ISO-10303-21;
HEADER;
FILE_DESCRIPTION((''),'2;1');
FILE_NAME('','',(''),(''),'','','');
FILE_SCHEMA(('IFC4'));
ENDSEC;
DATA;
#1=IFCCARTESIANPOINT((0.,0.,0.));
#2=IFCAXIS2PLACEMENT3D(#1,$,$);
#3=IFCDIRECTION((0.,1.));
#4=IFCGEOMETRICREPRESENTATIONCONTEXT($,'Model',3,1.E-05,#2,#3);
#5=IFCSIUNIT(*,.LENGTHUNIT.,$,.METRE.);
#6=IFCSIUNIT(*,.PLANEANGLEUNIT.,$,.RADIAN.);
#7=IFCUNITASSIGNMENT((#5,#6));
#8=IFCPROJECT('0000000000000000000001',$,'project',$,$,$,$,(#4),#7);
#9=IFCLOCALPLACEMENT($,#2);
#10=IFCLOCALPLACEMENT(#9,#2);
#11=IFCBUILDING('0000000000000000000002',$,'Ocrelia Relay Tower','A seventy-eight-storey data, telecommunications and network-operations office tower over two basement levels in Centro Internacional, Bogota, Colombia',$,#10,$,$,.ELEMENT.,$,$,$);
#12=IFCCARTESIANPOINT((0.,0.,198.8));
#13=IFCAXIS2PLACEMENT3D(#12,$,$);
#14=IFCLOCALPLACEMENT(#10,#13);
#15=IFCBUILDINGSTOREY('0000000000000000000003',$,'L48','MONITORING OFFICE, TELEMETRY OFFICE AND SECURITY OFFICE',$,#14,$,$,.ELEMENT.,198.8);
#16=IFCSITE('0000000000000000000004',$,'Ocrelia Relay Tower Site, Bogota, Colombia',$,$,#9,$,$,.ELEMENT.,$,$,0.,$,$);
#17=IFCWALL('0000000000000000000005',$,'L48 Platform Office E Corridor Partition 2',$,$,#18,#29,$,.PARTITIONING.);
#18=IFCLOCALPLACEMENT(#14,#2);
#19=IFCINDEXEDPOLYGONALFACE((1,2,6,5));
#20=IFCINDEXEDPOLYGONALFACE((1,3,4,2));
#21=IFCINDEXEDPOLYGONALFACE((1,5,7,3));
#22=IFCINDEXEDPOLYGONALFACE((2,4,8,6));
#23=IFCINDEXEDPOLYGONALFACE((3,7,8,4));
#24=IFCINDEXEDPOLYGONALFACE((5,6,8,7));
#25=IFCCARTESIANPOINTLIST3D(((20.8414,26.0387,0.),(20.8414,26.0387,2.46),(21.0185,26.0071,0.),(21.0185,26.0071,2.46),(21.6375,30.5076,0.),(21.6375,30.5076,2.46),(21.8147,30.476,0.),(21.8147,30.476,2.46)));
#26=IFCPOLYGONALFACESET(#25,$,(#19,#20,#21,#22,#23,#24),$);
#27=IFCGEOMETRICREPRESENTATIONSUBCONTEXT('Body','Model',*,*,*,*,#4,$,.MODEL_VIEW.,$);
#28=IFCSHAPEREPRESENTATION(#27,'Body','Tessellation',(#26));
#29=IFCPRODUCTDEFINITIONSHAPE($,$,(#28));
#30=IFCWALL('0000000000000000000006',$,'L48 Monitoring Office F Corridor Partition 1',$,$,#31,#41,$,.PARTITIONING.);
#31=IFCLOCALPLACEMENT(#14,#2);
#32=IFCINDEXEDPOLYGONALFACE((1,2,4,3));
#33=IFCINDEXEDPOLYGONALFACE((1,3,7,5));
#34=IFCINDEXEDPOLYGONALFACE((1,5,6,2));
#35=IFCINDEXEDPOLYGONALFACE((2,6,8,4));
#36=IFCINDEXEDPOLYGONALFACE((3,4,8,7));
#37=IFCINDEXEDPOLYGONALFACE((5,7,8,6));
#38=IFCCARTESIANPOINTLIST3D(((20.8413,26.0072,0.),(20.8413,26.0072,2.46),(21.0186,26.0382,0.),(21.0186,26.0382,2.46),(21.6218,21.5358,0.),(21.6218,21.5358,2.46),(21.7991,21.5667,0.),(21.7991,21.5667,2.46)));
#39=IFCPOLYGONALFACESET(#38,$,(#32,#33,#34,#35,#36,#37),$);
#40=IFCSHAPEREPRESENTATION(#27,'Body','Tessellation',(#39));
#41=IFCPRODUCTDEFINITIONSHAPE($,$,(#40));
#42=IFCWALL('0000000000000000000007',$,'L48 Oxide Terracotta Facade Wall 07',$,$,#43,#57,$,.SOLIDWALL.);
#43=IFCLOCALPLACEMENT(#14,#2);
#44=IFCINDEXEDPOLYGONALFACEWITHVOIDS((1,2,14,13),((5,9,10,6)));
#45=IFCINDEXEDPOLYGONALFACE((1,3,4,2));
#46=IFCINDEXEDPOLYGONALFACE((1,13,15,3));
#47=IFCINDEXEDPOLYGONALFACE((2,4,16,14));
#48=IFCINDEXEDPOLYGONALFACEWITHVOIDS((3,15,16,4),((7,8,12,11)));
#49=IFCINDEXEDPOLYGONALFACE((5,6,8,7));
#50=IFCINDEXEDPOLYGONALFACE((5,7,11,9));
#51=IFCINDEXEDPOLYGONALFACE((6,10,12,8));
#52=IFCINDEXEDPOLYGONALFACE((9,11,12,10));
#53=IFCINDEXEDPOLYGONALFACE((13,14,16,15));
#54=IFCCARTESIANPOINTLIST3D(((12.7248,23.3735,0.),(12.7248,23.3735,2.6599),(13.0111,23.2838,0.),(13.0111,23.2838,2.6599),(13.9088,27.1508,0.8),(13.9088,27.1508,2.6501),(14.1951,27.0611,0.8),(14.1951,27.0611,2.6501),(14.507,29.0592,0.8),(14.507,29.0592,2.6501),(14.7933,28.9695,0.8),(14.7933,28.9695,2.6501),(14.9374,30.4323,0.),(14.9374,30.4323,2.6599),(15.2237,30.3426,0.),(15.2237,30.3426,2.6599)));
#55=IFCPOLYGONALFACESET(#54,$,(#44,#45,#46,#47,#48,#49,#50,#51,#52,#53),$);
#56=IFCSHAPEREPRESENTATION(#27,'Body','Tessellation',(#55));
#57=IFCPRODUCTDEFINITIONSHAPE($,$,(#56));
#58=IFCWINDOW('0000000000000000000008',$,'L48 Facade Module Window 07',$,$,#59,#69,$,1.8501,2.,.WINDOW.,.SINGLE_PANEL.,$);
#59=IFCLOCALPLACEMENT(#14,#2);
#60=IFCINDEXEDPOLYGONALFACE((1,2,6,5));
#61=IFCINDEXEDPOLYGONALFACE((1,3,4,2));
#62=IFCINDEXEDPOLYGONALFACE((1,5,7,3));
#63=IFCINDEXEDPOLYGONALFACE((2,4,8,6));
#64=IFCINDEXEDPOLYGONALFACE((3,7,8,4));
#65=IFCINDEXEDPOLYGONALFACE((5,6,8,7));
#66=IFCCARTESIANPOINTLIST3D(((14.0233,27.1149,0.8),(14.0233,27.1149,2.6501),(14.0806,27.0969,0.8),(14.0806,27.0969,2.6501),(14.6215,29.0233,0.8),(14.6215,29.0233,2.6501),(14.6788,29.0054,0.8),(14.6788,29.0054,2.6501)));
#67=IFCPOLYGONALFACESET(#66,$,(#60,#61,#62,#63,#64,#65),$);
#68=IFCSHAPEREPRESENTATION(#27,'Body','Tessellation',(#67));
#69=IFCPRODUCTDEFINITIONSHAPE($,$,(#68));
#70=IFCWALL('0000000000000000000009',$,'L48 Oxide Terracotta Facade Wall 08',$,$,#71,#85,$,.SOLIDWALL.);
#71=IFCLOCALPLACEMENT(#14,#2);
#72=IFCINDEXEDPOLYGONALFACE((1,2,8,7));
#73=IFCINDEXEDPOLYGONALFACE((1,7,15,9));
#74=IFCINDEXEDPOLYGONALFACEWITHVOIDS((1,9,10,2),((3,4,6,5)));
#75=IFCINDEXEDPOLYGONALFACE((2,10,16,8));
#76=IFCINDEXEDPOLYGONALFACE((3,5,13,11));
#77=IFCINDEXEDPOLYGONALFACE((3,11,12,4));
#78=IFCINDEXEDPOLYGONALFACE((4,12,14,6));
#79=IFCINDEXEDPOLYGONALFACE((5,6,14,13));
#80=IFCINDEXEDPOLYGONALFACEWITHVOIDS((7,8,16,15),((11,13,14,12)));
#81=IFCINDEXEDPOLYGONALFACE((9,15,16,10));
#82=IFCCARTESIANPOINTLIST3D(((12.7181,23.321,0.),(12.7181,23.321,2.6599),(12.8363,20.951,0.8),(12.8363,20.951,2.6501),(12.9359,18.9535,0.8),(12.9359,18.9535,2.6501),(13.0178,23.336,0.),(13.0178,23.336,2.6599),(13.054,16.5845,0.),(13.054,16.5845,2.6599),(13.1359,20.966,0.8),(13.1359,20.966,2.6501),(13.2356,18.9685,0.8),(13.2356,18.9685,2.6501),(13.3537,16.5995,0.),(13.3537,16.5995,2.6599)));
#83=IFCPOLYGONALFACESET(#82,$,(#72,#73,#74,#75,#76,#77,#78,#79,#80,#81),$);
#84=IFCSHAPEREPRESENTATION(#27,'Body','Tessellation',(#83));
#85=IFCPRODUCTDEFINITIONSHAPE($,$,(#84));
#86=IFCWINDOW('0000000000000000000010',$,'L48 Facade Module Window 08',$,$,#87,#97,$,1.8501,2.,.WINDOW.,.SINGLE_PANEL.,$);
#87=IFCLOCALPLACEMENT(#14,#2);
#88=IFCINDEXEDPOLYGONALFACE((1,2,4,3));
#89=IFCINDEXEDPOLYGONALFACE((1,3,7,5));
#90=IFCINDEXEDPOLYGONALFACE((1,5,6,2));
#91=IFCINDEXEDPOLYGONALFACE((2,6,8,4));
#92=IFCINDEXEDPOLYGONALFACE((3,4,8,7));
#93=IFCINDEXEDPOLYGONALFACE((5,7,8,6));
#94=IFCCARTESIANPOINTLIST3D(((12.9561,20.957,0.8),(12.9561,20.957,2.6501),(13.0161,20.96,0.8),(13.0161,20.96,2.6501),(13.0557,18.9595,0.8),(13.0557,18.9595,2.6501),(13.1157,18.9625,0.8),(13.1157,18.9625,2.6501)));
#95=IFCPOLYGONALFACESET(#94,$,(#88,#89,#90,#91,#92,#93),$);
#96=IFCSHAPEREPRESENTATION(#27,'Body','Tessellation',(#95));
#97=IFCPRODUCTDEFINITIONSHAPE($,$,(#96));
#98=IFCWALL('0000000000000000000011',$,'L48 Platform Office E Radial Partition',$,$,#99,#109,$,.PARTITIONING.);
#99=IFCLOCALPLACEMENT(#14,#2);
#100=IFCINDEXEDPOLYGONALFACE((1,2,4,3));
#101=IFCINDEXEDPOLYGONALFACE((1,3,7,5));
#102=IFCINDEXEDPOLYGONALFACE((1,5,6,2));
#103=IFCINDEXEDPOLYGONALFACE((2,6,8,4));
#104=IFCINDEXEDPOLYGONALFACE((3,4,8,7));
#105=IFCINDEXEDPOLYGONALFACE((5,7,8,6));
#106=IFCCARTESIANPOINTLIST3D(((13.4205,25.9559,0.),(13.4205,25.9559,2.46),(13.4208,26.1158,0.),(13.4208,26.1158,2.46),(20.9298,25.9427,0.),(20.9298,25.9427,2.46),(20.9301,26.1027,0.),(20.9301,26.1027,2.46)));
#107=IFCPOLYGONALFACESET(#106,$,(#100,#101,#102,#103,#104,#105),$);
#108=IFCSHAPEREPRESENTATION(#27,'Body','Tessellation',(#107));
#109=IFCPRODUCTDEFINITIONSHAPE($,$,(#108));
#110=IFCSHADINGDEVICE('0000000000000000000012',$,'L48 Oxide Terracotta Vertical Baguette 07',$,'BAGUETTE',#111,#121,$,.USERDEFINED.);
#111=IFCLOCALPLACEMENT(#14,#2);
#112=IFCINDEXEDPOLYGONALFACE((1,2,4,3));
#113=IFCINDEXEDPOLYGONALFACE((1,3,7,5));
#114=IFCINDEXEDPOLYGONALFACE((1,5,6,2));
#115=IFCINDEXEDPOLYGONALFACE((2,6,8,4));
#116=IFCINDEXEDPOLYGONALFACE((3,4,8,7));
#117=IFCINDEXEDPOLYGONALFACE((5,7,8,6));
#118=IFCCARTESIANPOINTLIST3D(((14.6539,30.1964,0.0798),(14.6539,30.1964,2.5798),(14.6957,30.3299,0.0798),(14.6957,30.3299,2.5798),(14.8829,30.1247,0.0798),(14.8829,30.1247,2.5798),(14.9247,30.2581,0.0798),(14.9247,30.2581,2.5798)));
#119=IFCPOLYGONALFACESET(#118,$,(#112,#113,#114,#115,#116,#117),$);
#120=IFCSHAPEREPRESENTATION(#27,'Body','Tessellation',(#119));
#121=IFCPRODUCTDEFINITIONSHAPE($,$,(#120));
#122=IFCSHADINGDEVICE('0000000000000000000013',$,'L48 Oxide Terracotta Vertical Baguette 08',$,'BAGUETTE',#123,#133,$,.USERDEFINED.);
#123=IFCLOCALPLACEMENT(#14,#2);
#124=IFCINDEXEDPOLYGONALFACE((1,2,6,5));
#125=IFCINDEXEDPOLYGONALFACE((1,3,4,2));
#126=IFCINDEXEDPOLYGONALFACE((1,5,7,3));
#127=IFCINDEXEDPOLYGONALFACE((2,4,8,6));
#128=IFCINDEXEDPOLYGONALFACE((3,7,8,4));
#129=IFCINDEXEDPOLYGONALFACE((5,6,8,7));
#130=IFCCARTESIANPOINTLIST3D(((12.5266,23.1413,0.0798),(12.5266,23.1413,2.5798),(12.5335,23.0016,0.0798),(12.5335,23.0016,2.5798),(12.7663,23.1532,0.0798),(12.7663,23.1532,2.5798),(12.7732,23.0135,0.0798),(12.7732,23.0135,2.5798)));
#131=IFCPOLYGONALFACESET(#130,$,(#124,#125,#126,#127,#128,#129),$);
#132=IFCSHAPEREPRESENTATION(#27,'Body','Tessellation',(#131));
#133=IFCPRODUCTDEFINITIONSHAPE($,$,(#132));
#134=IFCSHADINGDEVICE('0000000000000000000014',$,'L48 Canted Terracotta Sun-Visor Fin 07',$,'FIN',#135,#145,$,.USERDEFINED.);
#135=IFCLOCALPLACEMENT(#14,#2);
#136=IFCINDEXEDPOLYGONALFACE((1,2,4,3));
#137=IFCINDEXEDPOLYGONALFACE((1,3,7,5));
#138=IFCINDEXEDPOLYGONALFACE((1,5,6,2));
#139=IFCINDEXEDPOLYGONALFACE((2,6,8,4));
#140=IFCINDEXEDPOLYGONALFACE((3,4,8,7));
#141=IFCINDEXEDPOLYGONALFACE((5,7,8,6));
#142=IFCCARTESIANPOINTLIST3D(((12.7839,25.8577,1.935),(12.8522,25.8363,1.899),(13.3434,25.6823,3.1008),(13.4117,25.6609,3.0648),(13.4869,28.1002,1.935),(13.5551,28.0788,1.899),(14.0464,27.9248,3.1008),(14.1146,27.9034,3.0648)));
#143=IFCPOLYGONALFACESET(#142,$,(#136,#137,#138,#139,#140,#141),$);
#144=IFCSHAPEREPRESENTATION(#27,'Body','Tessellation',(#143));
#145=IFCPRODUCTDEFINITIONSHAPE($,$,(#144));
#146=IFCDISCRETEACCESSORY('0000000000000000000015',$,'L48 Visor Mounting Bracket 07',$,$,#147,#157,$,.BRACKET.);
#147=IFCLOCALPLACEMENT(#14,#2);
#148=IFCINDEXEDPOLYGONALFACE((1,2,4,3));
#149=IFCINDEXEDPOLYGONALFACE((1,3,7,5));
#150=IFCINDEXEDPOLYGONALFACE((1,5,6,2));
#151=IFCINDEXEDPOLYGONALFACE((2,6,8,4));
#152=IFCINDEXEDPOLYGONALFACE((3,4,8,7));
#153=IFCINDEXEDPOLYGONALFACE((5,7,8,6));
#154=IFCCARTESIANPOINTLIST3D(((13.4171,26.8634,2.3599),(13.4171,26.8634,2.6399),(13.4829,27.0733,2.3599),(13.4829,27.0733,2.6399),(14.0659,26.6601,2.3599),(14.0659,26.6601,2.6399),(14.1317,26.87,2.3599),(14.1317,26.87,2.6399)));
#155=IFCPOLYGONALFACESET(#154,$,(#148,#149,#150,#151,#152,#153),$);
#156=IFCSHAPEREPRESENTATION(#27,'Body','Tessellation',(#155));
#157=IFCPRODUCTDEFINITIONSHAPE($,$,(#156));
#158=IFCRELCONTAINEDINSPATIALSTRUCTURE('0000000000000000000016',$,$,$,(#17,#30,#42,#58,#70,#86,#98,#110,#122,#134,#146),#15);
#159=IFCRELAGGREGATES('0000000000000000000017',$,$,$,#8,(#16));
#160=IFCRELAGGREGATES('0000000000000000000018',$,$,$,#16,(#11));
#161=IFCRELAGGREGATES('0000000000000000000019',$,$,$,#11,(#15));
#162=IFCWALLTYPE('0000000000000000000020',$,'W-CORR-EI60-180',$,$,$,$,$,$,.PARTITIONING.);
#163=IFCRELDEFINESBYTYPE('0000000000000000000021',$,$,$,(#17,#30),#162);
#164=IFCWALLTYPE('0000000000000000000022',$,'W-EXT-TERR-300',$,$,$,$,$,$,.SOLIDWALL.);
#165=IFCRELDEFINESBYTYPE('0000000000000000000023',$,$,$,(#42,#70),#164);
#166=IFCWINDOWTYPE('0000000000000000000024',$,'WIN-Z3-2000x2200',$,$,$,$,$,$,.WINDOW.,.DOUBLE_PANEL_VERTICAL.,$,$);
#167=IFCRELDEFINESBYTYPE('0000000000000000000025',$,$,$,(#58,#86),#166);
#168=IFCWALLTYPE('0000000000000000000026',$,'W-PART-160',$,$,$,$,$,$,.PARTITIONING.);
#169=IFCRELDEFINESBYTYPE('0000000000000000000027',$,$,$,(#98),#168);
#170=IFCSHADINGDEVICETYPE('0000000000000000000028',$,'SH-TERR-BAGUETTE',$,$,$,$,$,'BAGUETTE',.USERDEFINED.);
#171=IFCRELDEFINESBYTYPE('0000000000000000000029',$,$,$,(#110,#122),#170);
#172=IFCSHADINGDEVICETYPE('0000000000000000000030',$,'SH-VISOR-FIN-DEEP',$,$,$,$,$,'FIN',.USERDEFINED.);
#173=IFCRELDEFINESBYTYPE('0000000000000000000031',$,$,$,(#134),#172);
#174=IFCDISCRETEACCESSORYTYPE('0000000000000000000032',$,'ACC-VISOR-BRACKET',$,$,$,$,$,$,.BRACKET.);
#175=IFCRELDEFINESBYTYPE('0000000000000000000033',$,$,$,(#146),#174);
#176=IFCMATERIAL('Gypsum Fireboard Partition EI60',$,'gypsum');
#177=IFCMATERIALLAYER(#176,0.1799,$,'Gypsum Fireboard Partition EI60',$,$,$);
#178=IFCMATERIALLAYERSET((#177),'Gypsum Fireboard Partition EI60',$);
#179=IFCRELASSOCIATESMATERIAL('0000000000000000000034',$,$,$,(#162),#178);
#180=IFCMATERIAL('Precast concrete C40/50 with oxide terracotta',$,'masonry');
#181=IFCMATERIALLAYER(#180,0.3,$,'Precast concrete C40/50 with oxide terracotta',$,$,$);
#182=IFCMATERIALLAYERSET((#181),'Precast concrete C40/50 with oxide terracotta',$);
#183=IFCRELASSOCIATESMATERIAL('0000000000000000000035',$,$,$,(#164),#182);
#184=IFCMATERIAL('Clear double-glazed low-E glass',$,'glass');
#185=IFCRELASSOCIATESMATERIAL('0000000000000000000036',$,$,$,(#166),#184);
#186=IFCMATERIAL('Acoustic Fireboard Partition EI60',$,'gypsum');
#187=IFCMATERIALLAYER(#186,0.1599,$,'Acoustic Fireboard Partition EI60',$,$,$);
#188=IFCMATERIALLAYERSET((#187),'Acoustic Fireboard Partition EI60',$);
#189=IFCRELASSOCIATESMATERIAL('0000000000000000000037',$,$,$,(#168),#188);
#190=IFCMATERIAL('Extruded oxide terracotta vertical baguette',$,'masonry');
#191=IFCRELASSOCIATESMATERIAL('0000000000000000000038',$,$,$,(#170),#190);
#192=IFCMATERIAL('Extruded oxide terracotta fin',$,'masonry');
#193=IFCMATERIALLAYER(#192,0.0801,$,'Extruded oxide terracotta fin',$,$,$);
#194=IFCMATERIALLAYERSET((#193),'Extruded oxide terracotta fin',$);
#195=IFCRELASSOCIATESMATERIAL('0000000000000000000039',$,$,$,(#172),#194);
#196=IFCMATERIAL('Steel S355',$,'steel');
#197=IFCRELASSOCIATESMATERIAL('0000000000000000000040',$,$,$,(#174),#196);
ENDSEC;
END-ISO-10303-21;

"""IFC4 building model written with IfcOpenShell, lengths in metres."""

from ifc_helpers import new_model, si_unit, direction, frame, frame_2d, origin, origin_2d, place, context, subcontext, project, spatial, rectangle, extrude, material, layer, layer_set, type_object, element, fill, save


model = new_model("IFC4")

# Units and contexts
model_context = context("Model", 3, precision=1e-05, world=origin(), true_north=direction((0.0, 1.0)))
body_context = subcontext(model_context, "Body", "Model", "MODEL_VIEW")
ifc_project = project(units=[si_unit("LENGTHUNIT", "METRE"), si_unit("PLANEANGLEUNIT", "RADIAN")], contexts=[model_context])

# Site, building, storey
site_placement = place(None, origin())
site = spatial("IfcSite", under=ifc_project, at=site_placement, Name="Ocrelia Relay Tower Site, Bogota, Colombia", CompositionType="ELEMENT", RefElevation=0.0)
building_placement = place(site_placement, origin())
building = spatial("IfcBuilding", under=site, at=building_placement, Name="Ocrelia Relay Tower", Description="A seventy-eight-storey data, telecommunications and network-operations office tower over two basement levels in Centro Internacional, Bogota, Colombia", CompositionType="ELEMENT")
storey_placement = place(building_placement, frame((0.0, 0.0, 198.8)))
storey = spatial("IfcBuildingStorey", under=building, at=storey_placement, Name="L48", Description="MONITORING OFFICE, TELEMETRY OFFICE AND SECURITY OFFICE", CompositionType="ELEMENT", Elevation=198.8)

# Shared definitions
ifc_material_1 = material(Name="Steel S355", Category="steel")

# Walls
ifc_material_2 = material(Name="Gypsum Fireboard Partition EI60", Category="gypsum")
ifc_layer_1 = layer(ifc_material_2, 0.1799, Name="Gypsum Fireboard Partition EI60")
ifc_layer_set_1 = layer_set([ifc_layer_1], Name="Gypsum Fireboard Partition EI60")
wall_type_1 = type_object("IfcWallType", Name="W-CORR-EI60-180", PredefinedType="PARTITIONING", material=ifc_layer_set_1)
wall_1_placement = place(storey_placement, frame((21.7261, 30.4917, 0.0), z_axis=(0.0, 0.0, 1.0), x_axis=(-0.175387, -0.9845, 0.0)))
element("IfcWall", 1, at=wall_1_placement, inside=storey, type_object=wall_type_1, Name="L48 Platform Office E Corridor Partition 2", PredefinedType="PARTITIONING", context=body_context, shape_type="SweptSolid", body=[
    extrude(rectangle(XDim=4.5393, YDim=0.1799, at=frame_2d((2.2695, 0.0))), origin(), (0.0, 0.0, 1.0), 2.46),
])
wall_2_placement = place(storey_placement, frame((20.9299, 26.0227, 0.0), z_axis=(0.0, 0.0, 1.0), x_axis=(0.171956, -0.985105, 0.0)))
element("IfcWall", 2, at=wall_2_placement, inside=storey, type_object=wall_type_1, Name="L48 Monitoring Office F Corridor Partition 1", PredefinedType="PARTITIONING", context=body_context, shape_type="SweptSolid", body=[
    extrude(rectangle(XDim=4.5391, YDim=0.1799, at=frame_2d((2.2695, 0.0))), origin(), (0.0, 0.0, 1.0), 2.46),
])

# Walls, openings, windows
ifc_material_3 = material(Name="Precast concrete C40/50 with oxide terracotta", Category="masonry")
ifc_layer_2 = layer(ifc_material_3, 0.3, Name="Precast concrete C40/50 with oxide terracotta")
ifc_layer_set_2 = layer_set([ifc_layer_2], Name="Precast concrete C40/50 with oxide terracotta")
wall_type_2 = type_object("IfcWallType", Name="W-EXT-TERR-300", PredefinedType="SOLIDWALL", material=ifc_layer_set_2)
wall_3_placement = place(storey_placement, frame((15.0806, 30.3875, 0.0), z_axis=(0.0, 0.0, 1.0), x_axis=(-0.299107, -0.954219, 0.0)))
wall_3 = element("IfcWall", 3, at=wall_3_placement, inside=storey, type_object=wall_type_2, Name="L48 Oxide Terracotta Facade Wall 07", PredefinedType="SOLIDWALL", context=body_context, shape_type="SweptSolid", body=[
    extrude(rectangle(XDim=7.3975, YDim=0.3, at=frame_2d((3.6987, 0.0))), origin(), (0.0, 0.0, 1.0), 2.6599),
])
opening_1_placement = place(wall_3_placement, frame((1.439, 0.0, 0.8)))
opening_1 = element("IfcOpeningElement", 4, at=opening_1_placement, cuts=wall_3, PredefinedType="OPENING", context=body_context, shape_type="SweptSolid", body=[
    extrude(rectangle(XDim=2.0, YDim=1.8501, at=frame_2d((1.0, 0.925))), frame((0.0, 0.1602, 0.0), z_axis=(0.0, -1.0, 0.0), x_axis=(1.0, 0.0, 0.0)), (0.0, 0.0, 1.0), 0.3201),
])
ifc_material_4 = material(Name="Clear double-glazed low-E glass", Category="glass")
window_type = type_object("IfcWindowType", Name="WIN-Z3-2000x2200", PartitioningType="DOUBLE_PANEL_VERTICAL", PredefinedType="WINDOW", material=ifc_material_4)
window_1_placement = place(opening_1_placement, origin())
window_1 = element("IfcWindow", 5, at=window_1_placement, inside=storey, type_object=window_type, Name="L48 Facade Module Window 07", OverallHeight=1.8501, OverallWidth=2.0, PartitioningType="SINGLE_PANEL", PredefinedType="WINDOW", context=body_context, shape_type="SweptSolid", body=[
    extrude(rectangle(XDim=2.0, YDim=1.8501, at=frame_2d((1.0, 0.925))), frame((0.0, 0.03, 0.0), z_axis=(0.0, -1.0, 0.0), x_axis=(1.0, 0.0, 0.0)), (0.0, 0.0, 1.0), 0.0601),
])
fill(opening_1, window_1)
wall_4_placement = place(storey_placement, frame((12.8679, 23.3286, 0.0), z_axis=(0.0, 0.0, 1.0), x_axis=(0.049806, -0.998759, 0.0)))
wall_4 = element("IfcWall", 6, at=wall_4_placement, inside=storey, type_object=wall_type_2, Name="L48 Oxide Terracotta Facade Wall 08", PredefinedType="SOLIDWALL", context=body_context, shape_type="SweptSolid", body=[
    extrude(rectangle(XDim=6.7449, YDim=0.3, at=frame_2d((3.3726, 0.0))), origin(), (0.0, 0.0, 1.0), 2.6599),
])
opening_2_placement = place(wall_4_placement, frame((2.373, 0.0, 0.8)))
opening_2 = element("IfcOpeningElement", 7, at=opening_2_placement, cuts=wall_4, PredefinedType="OPENING", context=body_context, shape_type="SweptSolid", body=[
    extrude(rectangle(XDim=2.0, YDim=1.8501, at=frame_2d((1.0, 0.925))), frame((0.0, 0.1602, 0.0), z_axis=(0.0, -1.0, 0.0), x_axis=(1.0, 0.0, 0.0)), (0.0, 0.0, 1.0), 0.3201),
])
window_2_placement = place(opening_2_placement, origin())
window_2 = element("IfcWindow", 8, at=window_2_placement, inside=storey, type_object=window_type, Name="L48 Facade Module Window 08", OverallHeight=1.8501, OverallWidth=2.0, PartitioningType="SINGLE_PANEL", PredefinedType="WINDOW", context=body_context, shape_type="SweptSolid", body=[
    extrude(rectangle(XDim=2.0, YDim=1.8501, at=frame_2d((1.0, 0.925))), frame((0.0, 0.03, 0.0), z_axis=(0.0, -1.0, 0.0), x_axis=(1.0, 0.0, 0.0)), (0.0, 0.0, 1.0), 0.0601),
])
fill(opening_2, window_2)

# Wall
ifc_material_5 = material(Name="Acoustic Fireboard Partition EI60", Category="gypsum")
ifc_layer_3 = layer(ifc_material_5, 0.1599, Name="Acoustic Fireboard Partition EI60")
ifc_layer_set_3 = layer_set([ifc_layer_3], Name="Acoustic Fireboard Partition EI60")
wall_type_3 = type_object("IfcWallType", Name="W-PART-160", PredefinedType="PARTITIONING", material=ifc_layer_set_3)
wall_5_placement = place(storey_placement, frame((20.9299, 26.0227, 0.0), z_axis=(0.0, 0.0, 1.0), x_axis=(-0.999998, 0.001756, 0.0)))
element("IfcWall", 9, at=wall_5_placement, inside=storey, type_object=wall_type_3, Name="L48 Platform Office E Radial Partition", PredefinedType="PARTITIONING", context=body_context, shape_type="SweptSolid", body=[
    extrude(rectangle(XDim=7.5093, YDim=0.1599, at=frame_2d((3.7546, 0.0))), origin(), (0.0, 0.0, 1.0), 2.46),
])

# Shading devices
ifc_material_6 = material(Name="Extruded oxide terracotta vertical baguette", Category="masonry")
shading_device_type_1 = type_object("IfcShadingDeviceType", Name="SH-TERR-BAGUETTE", ElementType="BAGUETTE", PredefinedType="USERDEFINED", material=ifc_material_6)
for number, where, z_axis, x_axis, name in (
    (10, (14.7893, 30.2273, 0.0798), (0.0, 0.0, 1.0), (-0.299115, -0.954217, 0.0), "L48 Oxide Terracotta Vertical Baguette 07"),
    (11, (12.6499, 23.0774, 0.0798), (0.0, 0.0, 1.0), (0.049829, -0.998758, 0.0), "L48 Oxide Terracotta Vertical Baguette 08"),
):
    element("IfcShadingDevice", number, at=place(storey_placement, frame(where, z_axis=z_axis, x_axis=x_axis)), inside=storey, type_object=shading_device_type_1, Name=name, ObjectType="BAGUETTE", PredefinedType="USERDEFINED", context=body_context, shape_type="SweptSolid", body=[
        extrude(rectangle(XDim=0.1399, YDim=0.24, at=origin_2d()), origin(), (0.0, 0.0, 1.0), 2.5),
    ])
ifc_material_7 = material(Name="Extruded oxide terracotta fin", Category="masonry")
ifc_layer_4 = layer(ifc_material_7, 0.0801, Name="Extruded oxide terracotta fin")
ifc_layer_set_4 = layer_set([ifc_layer_4], Name="Extruded oxide terracotta fin")
shading_device_type_2 = type_object("IfcShadingDeviceType", Name="SH-VISOR-FIN-DEEP", ElementType="FIN", PredefinedType="USERDEFINED", material=ifc_layer_set_4)
shading_device_placement = place(storey_placement, frame((13.4834, 26.8699, 2.4819), z_axis=(-0.85247, 0.267221, 0.449319), x_axis=(-0.299115, -0.954217, 0.0)))
element("IfcShadingDevice", 12, at=shading_device_placement, inside=storey, type_object=shading_device_type_2, Name="L48 Canted Terracotta Sun-Visor Fin 07", ObjectType="FIN", PredefinedType="USERDEFINED", context=body_context, shape_type="SweptSolid", body=[
    extrude(rectangle(XDim=2.3501, YDim=1.3049, at=origin_2d()), origin(), (0.0, 0.0, 1.0), 0.0801),
])

# Discrete accessory
discrete_accessory_type = type_object("IfcDiscreteAccessoryType", Name="ACC-VISOR-BRACKET", PredefinedType="BRACKET", material=ifc_material_1)
discrete_accessory_placement = place(storey_placement, frame((13.7744, 26.8667, 2.3599), z_axis=(0.0, 0.0, 1.0), x_axis=(-0.299115, -0.954217, 0.0)))
element("IfcDiscreteAccessory", 13, at=discrete_accessory_placement, inside=storey, type_object=discrete_accessory_type, Name="L48 Visor Mounting Bracket 07", PredefinedType="BRACKET", context=body_context, shape_type="SweptSolid", body=[
    extrude(rectangle(XDim=0.22, YDim=0.6799, at=origin_2d()), origin(), (0.0, 0.0, 1.0), 0.28),
])

save(model, "model.ifc")
